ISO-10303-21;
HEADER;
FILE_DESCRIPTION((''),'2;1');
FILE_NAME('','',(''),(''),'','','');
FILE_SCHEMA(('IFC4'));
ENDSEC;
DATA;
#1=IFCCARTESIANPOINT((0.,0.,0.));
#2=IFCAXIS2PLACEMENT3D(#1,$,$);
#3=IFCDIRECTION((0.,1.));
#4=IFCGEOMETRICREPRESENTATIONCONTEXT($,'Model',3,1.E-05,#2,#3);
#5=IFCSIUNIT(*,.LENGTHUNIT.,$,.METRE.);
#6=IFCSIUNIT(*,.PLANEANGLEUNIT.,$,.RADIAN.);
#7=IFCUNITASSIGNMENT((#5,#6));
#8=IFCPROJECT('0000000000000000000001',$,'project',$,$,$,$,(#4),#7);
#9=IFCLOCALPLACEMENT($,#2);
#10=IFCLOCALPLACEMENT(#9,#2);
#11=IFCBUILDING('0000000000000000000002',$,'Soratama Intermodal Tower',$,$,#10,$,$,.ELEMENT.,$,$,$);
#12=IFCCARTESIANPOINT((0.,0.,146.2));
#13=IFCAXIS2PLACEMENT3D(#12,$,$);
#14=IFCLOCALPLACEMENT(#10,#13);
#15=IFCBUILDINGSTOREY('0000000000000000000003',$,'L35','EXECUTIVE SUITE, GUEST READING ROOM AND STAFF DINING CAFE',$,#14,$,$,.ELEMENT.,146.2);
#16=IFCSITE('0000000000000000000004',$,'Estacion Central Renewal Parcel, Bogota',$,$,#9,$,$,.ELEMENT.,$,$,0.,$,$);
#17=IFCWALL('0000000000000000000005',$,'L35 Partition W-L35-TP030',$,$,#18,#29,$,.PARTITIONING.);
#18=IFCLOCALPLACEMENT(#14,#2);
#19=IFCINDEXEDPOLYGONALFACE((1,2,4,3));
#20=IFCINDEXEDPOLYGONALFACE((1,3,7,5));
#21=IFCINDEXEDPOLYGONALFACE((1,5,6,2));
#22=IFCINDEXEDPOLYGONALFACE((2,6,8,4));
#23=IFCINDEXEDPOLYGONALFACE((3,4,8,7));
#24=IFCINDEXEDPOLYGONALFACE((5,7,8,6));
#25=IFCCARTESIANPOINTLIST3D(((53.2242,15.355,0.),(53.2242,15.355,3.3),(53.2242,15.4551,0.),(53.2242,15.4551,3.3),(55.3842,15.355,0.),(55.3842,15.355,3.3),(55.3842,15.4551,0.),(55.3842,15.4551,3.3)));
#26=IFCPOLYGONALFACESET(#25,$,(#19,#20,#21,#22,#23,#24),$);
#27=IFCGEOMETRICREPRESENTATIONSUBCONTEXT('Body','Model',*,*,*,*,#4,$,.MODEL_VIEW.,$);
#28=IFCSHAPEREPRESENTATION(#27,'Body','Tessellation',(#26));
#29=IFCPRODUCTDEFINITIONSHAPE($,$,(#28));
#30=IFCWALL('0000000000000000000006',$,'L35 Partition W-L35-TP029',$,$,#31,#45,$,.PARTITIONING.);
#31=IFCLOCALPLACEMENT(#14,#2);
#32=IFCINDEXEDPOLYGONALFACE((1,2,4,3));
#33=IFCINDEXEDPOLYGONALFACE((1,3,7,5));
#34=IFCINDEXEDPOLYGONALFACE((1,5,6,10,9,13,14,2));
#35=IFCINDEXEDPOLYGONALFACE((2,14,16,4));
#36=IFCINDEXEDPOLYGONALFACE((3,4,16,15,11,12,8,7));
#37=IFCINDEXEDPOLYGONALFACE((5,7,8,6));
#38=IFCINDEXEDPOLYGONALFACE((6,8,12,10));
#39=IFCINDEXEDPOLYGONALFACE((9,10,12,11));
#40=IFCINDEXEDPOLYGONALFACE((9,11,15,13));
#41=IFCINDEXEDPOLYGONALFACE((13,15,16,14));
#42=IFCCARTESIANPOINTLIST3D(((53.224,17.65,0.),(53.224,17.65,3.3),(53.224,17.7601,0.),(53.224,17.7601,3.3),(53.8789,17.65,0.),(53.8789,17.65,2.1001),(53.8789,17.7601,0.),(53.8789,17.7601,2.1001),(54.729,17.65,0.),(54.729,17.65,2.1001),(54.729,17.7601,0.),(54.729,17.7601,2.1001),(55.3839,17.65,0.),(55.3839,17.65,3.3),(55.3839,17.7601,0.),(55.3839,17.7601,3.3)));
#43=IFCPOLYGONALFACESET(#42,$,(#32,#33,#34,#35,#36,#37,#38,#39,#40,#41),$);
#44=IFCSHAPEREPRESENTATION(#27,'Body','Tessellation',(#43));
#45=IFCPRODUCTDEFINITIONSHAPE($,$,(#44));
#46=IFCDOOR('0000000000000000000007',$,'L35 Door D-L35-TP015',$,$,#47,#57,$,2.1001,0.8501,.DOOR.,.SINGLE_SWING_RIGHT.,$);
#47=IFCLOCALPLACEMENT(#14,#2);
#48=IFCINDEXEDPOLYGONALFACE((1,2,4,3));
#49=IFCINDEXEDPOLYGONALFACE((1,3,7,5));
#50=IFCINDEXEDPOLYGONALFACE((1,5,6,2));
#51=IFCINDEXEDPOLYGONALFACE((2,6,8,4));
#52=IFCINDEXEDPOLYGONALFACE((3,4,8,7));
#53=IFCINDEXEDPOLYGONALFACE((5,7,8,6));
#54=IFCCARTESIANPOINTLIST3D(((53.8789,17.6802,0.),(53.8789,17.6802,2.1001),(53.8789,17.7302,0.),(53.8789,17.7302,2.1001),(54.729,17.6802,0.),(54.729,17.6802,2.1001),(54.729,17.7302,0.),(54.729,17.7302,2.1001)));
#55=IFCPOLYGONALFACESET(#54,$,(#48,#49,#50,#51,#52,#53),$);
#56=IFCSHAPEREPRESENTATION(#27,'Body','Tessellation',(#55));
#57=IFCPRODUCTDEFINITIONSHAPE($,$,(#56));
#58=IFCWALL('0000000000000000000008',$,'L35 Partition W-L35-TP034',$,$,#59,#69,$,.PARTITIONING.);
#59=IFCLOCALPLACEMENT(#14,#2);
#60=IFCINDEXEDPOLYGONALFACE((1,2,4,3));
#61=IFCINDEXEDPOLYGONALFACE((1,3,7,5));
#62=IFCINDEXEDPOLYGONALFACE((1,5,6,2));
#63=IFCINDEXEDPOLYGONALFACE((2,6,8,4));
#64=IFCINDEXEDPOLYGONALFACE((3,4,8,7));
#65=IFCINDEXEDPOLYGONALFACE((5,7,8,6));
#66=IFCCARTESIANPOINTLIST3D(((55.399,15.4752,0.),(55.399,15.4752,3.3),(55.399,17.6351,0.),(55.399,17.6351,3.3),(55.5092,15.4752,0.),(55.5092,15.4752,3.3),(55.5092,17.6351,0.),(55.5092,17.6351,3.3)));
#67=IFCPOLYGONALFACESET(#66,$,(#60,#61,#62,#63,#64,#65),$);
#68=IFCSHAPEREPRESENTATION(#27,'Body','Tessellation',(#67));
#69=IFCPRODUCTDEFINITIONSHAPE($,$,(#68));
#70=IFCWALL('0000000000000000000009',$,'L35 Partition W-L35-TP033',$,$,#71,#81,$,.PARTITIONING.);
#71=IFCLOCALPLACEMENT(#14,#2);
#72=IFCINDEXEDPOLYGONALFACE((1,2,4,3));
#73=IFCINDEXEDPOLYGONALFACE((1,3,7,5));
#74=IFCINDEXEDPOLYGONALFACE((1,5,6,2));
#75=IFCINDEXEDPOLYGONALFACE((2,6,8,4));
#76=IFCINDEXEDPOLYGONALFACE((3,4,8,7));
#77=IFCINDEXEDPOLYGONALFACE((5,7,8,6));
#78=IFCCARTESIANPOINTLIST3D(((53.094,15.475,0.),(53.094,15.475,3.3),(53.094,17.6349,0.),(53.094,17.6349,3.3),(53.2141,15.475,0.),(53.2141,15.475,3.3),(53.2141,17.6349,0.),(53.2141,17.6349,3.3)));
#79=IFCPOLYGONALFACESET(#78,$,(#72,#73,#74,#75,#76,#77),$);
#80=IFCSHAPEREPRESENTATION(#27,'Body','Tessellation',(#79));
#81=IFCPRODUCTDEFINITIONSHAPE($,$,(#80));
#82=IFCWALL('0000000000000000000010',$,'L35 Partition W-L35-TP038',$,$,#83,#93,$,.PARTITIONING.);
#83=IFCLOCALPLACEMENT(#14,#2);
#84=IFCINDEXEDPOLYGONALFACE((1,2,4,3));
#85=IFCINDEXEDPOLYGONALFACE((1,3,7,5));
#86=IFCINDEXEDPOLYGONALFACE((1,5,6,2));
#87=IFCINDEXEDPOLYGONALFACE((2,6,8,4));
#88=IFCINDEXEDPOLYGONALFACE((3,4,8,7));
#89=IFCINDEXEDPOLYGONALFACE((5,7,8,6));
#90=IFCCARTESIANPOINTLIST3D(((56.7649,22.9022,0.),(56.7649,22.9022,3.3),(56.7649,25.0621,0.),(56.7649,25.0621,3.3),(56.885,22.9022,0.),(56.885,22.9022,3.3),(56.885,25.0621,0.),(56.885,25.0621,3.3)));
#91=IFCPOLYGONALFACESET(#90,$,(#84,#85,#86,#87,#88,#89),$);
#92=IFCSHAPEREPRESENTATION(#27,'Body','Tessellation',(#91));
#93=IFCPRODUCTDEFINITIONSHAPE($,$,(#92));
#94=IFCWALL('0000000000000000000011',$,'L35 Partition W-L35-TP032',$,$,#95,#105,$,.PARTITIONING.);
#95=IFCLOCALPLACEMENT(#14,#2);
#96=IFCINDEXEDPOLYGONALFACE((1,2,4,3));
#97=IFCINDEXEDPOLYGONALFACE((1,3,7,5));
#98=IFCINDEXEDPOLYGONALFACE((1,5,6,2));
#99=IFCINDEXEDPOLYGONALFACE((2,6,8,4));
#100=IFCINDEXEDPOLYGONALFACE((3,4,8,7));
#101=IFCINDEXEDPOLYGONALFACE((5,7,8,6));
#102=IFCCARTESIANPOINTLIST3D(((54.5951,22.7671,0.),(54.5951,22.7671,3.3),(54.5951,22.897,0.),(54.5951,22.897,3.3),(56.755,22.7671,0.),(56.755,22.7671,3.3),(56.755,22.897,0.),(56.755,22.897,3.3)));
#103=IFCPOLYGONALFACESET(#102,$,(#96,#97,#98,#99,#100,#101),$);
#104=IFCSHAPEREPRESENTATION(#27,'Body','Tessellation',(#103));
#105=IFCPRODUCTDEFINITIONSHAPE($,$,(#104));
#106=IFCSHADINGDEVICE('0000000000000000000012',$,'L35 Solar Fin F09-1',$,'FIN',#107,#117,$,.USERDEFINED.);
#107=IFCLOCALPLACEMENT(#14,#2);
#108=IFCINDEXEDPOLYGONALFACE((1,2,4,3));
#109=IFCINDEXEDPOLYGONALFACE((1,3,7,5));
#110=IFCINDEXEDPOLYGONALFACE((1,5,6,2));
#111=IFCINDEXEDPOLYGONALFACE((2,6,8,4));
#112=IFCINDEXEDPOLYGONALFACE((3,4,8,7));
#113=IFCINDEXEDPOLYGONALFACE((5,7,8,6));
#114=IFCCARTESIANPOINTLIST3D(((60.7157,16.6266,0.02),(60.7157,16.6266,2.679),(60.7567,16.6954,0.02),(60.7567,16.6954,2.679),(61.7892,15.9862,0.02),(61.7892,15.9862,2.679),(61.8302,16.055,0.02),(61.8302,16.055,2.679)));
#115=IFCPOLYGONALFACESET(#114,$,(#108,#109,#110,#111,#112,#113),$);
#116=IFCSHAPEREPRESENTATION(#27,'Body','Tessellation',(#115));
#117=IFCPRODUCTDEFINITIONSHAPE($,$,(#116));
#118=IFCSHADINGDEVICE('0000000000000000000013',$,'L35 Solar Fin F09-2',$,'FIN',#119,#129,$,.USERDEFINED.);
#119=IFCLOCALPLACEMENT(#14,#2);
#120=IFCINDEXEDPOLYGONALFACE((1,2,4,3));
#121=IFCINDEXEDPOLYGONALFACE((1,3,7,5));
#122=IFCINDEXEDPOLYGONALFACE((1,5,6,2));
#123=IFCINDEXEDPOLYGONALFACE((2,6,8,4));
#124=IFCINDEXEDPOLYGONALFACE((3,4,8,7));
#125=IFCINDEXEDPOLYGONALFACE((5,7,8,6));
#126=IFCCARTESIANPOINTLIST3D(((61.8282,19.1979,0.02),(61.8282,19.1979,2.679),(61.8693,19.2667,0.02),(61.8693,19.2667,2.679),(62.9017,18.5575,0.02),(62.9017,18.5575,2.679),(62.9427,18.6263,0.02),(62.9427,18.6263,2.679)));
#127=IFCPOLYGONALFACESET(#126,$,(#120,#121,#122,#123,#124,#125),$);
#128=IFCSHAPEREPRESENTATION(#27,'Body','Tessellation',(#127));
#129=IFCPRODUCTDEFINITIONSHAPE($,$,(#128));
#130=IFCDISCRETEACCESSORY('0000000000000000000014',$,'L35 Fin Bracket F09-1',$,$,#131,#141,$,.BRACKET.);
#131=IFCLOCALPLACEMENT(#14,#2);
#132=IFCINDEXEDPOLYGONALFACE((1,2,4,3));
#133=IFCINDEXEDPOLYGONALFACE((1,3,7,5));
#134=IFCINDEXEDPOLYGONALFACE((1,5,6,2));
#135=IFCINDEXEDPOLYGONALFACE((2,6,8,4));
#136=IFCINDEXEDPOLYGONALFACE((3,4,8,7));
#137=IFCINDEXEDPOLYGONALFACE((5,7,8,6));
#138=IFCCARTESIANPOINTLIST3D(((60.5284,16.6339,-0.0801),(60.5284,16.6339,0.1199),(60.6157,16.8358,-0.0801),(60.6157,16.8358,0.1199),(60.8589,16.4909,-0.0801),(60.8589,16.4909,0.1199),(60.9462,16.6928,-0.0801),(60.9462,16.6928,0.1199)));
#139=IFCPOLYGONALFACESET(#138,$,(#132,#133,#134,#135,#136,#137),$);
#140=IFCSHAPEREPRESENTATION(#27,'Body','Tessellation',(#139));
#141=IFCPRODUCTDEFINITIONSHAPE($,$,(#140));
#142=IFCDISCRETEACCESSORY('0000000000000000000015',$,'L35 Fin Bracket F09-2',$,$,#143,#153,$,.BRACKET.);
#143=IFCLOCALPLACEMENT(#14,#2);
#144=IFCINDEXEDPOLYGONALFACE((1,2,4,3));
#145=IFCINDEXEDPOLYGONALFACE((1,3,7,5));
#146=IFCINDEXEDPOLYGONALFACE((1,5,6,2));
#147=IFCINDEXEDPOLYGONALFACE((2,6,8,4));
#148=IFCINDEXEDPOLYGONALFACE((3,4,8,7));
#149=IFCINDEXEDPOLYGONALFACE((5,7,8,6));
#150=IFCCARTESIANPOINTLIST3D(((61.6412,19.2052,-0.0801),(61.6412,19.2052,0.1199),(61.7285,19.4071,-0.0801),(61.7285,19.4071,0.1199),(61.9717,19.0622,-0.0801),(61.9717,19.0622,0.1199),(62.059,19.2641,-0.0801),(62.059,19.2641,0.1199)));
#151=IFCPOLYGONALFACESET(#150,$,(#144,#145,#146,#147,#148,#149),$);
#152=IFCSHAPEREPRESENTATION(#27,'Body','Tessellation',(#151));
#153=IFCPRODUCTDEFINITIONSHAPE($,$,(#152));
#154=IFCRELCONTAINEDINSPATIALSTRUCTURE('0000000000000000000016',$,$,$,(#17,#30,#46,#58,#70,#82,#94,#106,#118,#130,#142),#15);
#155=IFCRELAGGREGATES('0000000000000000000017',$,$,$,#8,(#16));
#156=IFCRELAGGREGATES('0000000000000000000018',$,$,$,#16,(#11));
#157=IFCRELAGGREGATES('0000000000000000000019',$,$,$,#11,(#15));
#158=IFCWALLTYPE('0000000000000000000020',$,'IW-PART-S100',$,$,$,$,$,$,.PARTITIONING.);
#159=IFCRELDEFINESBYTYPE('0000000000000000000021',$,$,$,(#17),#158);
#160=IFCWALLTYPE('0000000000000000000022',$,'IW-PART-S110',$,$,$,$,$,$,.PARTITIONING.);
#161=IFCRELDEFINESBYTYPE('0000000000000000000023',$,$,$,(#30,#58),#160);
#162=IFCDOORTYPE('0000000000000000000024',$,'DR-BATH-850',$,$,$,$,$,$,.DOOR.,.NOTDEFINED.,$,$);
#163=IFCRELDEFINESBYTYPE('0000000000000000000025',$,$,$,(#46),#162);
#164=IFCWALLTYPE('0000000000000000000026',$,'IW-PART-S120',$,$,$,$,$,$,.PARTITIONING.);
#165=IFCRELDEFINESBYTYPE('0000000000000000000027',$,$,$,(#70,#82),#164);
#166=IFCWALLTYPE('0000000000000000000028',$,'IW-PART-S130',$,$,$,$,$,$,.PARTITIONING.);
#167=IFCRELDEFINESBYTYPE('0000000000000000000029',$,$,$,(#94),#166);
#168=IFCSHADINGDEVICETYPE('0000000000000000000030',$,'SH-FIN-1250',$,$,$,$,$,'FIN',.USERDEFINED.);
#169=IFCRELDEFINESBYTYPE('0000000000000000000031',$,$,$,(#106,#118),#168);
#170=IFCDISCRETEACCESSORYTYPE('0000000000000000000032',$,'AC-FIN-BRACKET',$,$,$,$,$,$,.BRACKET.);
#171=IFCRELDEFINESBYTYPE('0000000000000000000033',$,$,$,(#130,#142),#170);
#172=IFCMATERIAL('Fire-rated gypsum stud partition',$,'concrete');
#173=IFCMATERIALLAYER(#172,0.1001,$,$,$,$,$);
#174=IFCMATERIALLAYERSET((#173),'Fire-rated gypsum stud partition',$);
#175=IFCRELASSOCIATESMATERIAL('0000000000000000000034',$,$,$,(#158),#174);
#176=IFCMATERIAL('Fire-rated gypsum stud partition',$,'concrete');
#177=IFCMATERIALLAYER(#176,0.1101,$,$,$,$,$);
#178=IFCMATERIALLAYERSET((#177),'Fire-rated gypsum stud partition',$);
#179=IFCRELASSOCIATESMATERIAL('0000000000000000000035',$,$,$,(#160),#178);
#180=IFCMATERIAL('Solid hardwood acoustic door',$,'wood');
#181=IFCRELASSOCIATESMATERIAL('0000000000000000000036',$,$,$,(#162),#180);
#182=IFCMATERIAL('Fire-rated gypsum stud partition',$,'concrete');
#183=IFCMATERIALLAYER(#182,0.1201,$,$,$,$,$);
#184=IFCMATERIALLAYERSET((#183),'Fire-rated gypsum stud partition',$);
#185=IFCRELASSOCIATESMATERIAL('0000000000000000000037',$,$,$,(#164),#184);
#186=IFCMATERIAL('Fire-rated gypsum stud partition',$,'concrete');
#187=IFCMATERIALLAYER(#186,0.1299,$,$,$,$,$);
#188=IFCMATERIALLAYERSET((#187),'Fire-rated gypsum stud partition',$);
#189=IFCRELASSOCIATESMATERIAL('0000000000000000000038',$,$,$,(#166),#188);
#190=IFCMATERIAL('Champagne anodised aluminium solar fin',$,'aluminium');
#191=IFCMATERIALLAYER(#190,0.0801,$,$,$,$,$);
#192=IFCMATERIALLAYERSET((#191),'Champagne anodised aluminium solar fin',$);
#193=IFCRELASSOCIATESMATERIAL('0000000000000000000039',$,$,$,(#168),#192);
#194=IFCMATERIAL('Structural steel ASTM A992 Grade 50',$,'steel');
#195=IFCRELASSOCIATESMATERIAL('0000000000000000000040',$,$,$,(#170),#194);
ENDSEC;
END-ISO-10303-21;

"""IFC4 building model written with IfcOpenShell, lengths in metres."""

from ifc_helpers import new_model, si_unit, direction, frame, frame_2d, origin, origin_2d, place, context, subcontext, project, spatial, rectangle, extrude, material, layer, layer_set, type_object, element, fill, save


model = new_model("IFC4")

# Units and contexts
model_context = context("Model", 3, precision=1e-05, world=origin(), true_north=direction((0.0, 1.0)))
body_context = subcontext(model_context, "Body", "Model", "MODEL_VIEW")
ifc_project = project(units=[si_unit("LENGTHUNIT", "METRE"), si_unit("PLANEANGLEUNIT", "RADIAN")], contexts=[model_context])

# Site, building, storey
site_placement = place(None, origin())
site = spatial("IfcSite", under=ifc_project, at=site_placement, Name="Estacion Central Renewal Parcel, Bogota", CompositionType="ELEMENT", RefElevation=0.0)
building_placement = place(site_placement, origin())
building = spatial("IfcBuilding", under=site, at=building_placement, Name="Soratama Intermodal Tower", CompositionType="ELEMENT")
storey_placement = place(building_placement, frame((0.0, 0.0, 146.2)))
storey = spatial("IfcBuildingStorey", under=building, at=storey_placement, Name="L35", Description="EXECUTIVE SUITE, GUEST READING ROOM AND STAFF DINING CAFE", CompositionType="ELEMENT", Elevation=146.2)

# Wall
ifc_material_1 = material(Name="Fire-rated gypsum stud partition", Category="concrete")
ifc_layer_1 = layer(ifc_material_1, 0.1001)
ifc_layer_set_1 = layer_set([ifc_layer_1], Name="Fire-rated gypsum stud partition")
wall_type_1 = type_object("IfcWallType", Name="IW-PART-S100", PredefinedType="PARTITIONING", material=ifc_layer_set_1)
wall_1_placement = place(storey_placement, frame((53.2241, 15.405, 0.0), z_axis=(0.0, 0.0, 1.0), x_axis=(1.0, 0.0, 0.0)))
element("IfcWall", 1, at=wall_1_placement, inside=storey, type_object=wall_type_1, Name="L35 Partition W-L35-TP030", PredefinedType="PARTITIONING", context=body_context, shape_type="SweptSolid", body=[
    extrude(rectangle(XDim=2.1599, YDim=0.1001, at=frame_2d((1.0801, 0.0))), origin(), (0.0, 0.0, 1.0), 3.3),
])

# Wall, opening, door
ifc_material_2 = material(Name="Fire-rated gypsum stud partition", Category="concrete")
ifc_layer_2 = layer(ifc_material_2, 0.1101)
ifc_layer_set_2 = layer_set([ifc_layer_2], Name="Fire-rated gypsum stud partition")
wall_type_2 = type_object("IfcWallType", Name="IW-PART-S110", PredefinedType="PARTITIONING", material=ifc_layer_set_2)
wall_2_placement = place(storey_placement, frame((55.384, 17.7051, 0.0), z_axis=(0.0, 0.0, 1.0), x_axis=(-1.0, 0.0, 0.0)))
wall_2 = element("IfcWall", 2, at=wall_2_placement, inside=storey, type_object=wall_type_2, Name="L35 Partition W-L35-TP029", PredefinedType="PARTITIONING", context=body_context, shape_type="SweptSolid", body=[
    extrude(rectangle(XDim=2.1599, YDim=0.1101, at=frame_2d((1.0801, 0.0))), origin(), (0.0, 0.0, 1.0), 3.3),
])
opening_1_placement = place(wall_2_placement, frame((0.655, 0.0, 0.0)))
opening_1 = element("IfcOpeningElement", 3, at=opening_1_placement, cuts=wall_2, PredefinedType="OPENING", context=body_context, shape_type="SweptSolid", body=[
    extrude(rectangle(XDim=0.8501, YDim=2.1001, at=frame_2d((0.425, 1.05))), frame((0.0, 0.0649, 0.0), z_axis=(0.0, -1.0, 0.0), x_axis=(1.0, 0.0, 0.0)), (0.0, 0.0, 1.0), 0.1301),
])
ifc_material_3 = material(Name="Solid hardwood acoustic door", Category="wood")
door_type = type_object("IfcDoorType", Name="DR-BATH-850", OperationType="NOTDEFINED", PredefinedType="DOOR", material=ifc_material_3)
door_placement = place(opening_1_placement, origin())
door = element("IfcDoor", 4, at=door_placement, inside=storey, type_object=door_type, Name="L35 Door D-L35-TP015", OperationType="SINGLE_SWING_RIGHT", OverallHeight=2.1001, OverallWidth=0.8501, PredefinedType="DOOR", context=body_context, shape_type="SweptSolid", body=[
    extrude(rectangle(XDim=0.8501, YDim=2.1001, at=frame_2d((0.425, 1.05))), frame((0.0, 0.0249, 0.0), z_axis=(0.0, -1.0, 0.0), x_axis=(1.0, 0.0, 0.0)), (0.0, 0.0, 1.0), 0.05),
])
fill(opening_1, door)

# Walls
wall_3_placement = place(storey_placement, frame((55.4541, 15.4751, 0.0), z_axis=(0.0, 0.0, 1.0), x_axis=(0.0, 1.0, 0.0)))
element("IfcWall", 5, at=wall_3_placement, inside=storey, type_object=wall_type_2, Name="L35 Partition W-L35-TP034", PredefinedType="PARTITIONING", context=body_context, shape_type="SweptSolid", body=[
    extrude(rectangle(XDim=2.1599, YDim=0.1101, at=frame_2d((1.0801, 0.0))), origin(), (0.0, 0.0, 1.0), 3.3),
])
ifc_material_4 = material(Name="Fire-rated gypsum stud partition", Category="concrete")
ifc_layer_3 = layer(ifc_material_4, 0.1201)
ifc_layer_set_3 = layer_set([ifc_layer_3], Name="Fire-rated gypsum stud partition")
wall_type_3 = type_object("IfcWallType", Name="IW-PART-S120", PredefinedType="PARTITIONING", material=ifc_layer_set_3)
for number, where, z_axis, x_axis, name in (
    (6, (53.1541, 17.635, 0.0), (0.0, 0.0, 1.0), (0.0, -1.0, 0.0), "L35 Partition W-L35-TP033"),
    (7, (56.825, 22.9021, 0.0), (0.0, 0.0, 1.0), (0.0, 1.0, 0.0), "L35 Partition W-L35-TP038"),
):
    element("IfcWall", number, at=place(storey_placement, frame(where, z_axis=z_axis, x_axis=x_axis)), inside=storey, type_object=wall_type_3, Name=name, PredefinedType="PARTITIONING", context=body_context, shape_type="SweptSolid", body=[
        extrude(rectangle(XDim=2.1599, YDim=0.1201, at=frame_2d((1.0801, 0.0))), origin(), (0.0, 0.0, 1.0), 3.3),
    ])
ifc_material_5 = material(Name="Fire-rated gypsum stud partition", Category="concrete")
ifc_layer_4 = layer(ifc_material_5, 0.1299)
ifc_layer_set_4 = layer_set([ifc_layer_4], Name="Fire-rated gypsum stud partition")
wall_type_4 = type_object("IfcWallType", Name="IW-PART-S130", PredefinedType="PARTITIONING", material=ifc_layer_set_4)
wall_4_placement = place(storey_placement, frame((54.595, 22.832, 0.0), z_axis=(0.0, 0.0, 1.0), x_axis=(1.0, 0.0, 0.0)))
element("IfcWall", 8, at=wall_4_placement, inside=storey, type_object=wall_type_4, Name="L35 Partition W-L35-TP032", PredefinedType="PARTITIONING", context=body_context, shape_type="SweptSolid", body=[
    extrude(rectangle(XDim=2.1599, YDim=0.1299, at=frame_2d((1.0801, 0.0))), origin(), (0.0, 0.0, 1.0), 3.3),
])

# Shading devices
ifc_material_6 = material(Name="Champagne anodised aluminium solar fin", Category="aluminium")
ifc_layer_5 = layer(ifc_material_6, 0.0801)
ifc_layer_set_5 = layer_set([ifc_layer_5], Name="Champagne anodised aluminium solar fin")
shading_device_type = type_object("IfcShadingDeviceType", Name="SH-FIN-1250", ElementType="FIN", PredefinedType="USERDEFINED", material=ifc_layer_set_5)
for number, where, z_axis, x_axis, name in (
    (9, (61.2729, 16.3408, 0.02), (0.0, 0.0, 1.0), (0.858781, -0.512343, 0.0), "L35 Solar Fin F09-1"),
    (10, (62.3855, 18.9121, 0.02), (0.0, 0.0, 1.0), (0.858781, -0.512343, 0.0), "L35 Solar Fin F09-2"),
):
    element("IfcShadingDevice", number, at=place(storey_placement, frame(where, z_axis=z_axis, x_axis=x_axis)), inside=storey, type_object=shading_device_type, Name=name, ObjectType="FIN", PredefinedType="USERDEFINED", context=body_context, shape_type="SweptSolid", body=[
        extrude(rectangle(XDim=1.25, YDim=0.0801, at=origin_2d()), origin(), (0.0, 0.0, 1.0), 2.6589),
    ])

# Discrete accessories
ifc_material_7 = material(Name="Structural steel ASTM A992 Grade 50", Category="steel")
discrete_accessory_type = type_object("IfcDiscreteAccessoryType", Name="AC-FIN-BRACKET", PredefinedType="BRACKET", material=ifc_material_7)
for number, where, z_axis, x_axis, name in (
    (11, (60.7373, 16.6633, -0.0801), (0.0, 0.0, 1.0), (0.917755, -0.397148, 0.0), "L35 Fin Bracket F09-1"),
    (12, (61.8501, 19.2346, -0.0801), (0.0, 0.0, 1.0), (0.917755, -0.397148, 0.0), "L35 Fin Bracket F09-2"),
):
    element("IfcDiscreteAccessory", number, at=place(storey_placement, frame(where, z_axis=z_axis, x_axis=x_axis)), inside=storey, type_object=discrete_accessory_type, Name=name, PredefinedType="BRACKET", context=body_context, shape_type="SweptSolid", body=[
        extrude(rectangle(XDim=0.3601, YDim=0.22, at=origin_2d()), origin(), (0.0, 0.0, 1.0), 0.2),
    ])

save(model, "model.ifc")
